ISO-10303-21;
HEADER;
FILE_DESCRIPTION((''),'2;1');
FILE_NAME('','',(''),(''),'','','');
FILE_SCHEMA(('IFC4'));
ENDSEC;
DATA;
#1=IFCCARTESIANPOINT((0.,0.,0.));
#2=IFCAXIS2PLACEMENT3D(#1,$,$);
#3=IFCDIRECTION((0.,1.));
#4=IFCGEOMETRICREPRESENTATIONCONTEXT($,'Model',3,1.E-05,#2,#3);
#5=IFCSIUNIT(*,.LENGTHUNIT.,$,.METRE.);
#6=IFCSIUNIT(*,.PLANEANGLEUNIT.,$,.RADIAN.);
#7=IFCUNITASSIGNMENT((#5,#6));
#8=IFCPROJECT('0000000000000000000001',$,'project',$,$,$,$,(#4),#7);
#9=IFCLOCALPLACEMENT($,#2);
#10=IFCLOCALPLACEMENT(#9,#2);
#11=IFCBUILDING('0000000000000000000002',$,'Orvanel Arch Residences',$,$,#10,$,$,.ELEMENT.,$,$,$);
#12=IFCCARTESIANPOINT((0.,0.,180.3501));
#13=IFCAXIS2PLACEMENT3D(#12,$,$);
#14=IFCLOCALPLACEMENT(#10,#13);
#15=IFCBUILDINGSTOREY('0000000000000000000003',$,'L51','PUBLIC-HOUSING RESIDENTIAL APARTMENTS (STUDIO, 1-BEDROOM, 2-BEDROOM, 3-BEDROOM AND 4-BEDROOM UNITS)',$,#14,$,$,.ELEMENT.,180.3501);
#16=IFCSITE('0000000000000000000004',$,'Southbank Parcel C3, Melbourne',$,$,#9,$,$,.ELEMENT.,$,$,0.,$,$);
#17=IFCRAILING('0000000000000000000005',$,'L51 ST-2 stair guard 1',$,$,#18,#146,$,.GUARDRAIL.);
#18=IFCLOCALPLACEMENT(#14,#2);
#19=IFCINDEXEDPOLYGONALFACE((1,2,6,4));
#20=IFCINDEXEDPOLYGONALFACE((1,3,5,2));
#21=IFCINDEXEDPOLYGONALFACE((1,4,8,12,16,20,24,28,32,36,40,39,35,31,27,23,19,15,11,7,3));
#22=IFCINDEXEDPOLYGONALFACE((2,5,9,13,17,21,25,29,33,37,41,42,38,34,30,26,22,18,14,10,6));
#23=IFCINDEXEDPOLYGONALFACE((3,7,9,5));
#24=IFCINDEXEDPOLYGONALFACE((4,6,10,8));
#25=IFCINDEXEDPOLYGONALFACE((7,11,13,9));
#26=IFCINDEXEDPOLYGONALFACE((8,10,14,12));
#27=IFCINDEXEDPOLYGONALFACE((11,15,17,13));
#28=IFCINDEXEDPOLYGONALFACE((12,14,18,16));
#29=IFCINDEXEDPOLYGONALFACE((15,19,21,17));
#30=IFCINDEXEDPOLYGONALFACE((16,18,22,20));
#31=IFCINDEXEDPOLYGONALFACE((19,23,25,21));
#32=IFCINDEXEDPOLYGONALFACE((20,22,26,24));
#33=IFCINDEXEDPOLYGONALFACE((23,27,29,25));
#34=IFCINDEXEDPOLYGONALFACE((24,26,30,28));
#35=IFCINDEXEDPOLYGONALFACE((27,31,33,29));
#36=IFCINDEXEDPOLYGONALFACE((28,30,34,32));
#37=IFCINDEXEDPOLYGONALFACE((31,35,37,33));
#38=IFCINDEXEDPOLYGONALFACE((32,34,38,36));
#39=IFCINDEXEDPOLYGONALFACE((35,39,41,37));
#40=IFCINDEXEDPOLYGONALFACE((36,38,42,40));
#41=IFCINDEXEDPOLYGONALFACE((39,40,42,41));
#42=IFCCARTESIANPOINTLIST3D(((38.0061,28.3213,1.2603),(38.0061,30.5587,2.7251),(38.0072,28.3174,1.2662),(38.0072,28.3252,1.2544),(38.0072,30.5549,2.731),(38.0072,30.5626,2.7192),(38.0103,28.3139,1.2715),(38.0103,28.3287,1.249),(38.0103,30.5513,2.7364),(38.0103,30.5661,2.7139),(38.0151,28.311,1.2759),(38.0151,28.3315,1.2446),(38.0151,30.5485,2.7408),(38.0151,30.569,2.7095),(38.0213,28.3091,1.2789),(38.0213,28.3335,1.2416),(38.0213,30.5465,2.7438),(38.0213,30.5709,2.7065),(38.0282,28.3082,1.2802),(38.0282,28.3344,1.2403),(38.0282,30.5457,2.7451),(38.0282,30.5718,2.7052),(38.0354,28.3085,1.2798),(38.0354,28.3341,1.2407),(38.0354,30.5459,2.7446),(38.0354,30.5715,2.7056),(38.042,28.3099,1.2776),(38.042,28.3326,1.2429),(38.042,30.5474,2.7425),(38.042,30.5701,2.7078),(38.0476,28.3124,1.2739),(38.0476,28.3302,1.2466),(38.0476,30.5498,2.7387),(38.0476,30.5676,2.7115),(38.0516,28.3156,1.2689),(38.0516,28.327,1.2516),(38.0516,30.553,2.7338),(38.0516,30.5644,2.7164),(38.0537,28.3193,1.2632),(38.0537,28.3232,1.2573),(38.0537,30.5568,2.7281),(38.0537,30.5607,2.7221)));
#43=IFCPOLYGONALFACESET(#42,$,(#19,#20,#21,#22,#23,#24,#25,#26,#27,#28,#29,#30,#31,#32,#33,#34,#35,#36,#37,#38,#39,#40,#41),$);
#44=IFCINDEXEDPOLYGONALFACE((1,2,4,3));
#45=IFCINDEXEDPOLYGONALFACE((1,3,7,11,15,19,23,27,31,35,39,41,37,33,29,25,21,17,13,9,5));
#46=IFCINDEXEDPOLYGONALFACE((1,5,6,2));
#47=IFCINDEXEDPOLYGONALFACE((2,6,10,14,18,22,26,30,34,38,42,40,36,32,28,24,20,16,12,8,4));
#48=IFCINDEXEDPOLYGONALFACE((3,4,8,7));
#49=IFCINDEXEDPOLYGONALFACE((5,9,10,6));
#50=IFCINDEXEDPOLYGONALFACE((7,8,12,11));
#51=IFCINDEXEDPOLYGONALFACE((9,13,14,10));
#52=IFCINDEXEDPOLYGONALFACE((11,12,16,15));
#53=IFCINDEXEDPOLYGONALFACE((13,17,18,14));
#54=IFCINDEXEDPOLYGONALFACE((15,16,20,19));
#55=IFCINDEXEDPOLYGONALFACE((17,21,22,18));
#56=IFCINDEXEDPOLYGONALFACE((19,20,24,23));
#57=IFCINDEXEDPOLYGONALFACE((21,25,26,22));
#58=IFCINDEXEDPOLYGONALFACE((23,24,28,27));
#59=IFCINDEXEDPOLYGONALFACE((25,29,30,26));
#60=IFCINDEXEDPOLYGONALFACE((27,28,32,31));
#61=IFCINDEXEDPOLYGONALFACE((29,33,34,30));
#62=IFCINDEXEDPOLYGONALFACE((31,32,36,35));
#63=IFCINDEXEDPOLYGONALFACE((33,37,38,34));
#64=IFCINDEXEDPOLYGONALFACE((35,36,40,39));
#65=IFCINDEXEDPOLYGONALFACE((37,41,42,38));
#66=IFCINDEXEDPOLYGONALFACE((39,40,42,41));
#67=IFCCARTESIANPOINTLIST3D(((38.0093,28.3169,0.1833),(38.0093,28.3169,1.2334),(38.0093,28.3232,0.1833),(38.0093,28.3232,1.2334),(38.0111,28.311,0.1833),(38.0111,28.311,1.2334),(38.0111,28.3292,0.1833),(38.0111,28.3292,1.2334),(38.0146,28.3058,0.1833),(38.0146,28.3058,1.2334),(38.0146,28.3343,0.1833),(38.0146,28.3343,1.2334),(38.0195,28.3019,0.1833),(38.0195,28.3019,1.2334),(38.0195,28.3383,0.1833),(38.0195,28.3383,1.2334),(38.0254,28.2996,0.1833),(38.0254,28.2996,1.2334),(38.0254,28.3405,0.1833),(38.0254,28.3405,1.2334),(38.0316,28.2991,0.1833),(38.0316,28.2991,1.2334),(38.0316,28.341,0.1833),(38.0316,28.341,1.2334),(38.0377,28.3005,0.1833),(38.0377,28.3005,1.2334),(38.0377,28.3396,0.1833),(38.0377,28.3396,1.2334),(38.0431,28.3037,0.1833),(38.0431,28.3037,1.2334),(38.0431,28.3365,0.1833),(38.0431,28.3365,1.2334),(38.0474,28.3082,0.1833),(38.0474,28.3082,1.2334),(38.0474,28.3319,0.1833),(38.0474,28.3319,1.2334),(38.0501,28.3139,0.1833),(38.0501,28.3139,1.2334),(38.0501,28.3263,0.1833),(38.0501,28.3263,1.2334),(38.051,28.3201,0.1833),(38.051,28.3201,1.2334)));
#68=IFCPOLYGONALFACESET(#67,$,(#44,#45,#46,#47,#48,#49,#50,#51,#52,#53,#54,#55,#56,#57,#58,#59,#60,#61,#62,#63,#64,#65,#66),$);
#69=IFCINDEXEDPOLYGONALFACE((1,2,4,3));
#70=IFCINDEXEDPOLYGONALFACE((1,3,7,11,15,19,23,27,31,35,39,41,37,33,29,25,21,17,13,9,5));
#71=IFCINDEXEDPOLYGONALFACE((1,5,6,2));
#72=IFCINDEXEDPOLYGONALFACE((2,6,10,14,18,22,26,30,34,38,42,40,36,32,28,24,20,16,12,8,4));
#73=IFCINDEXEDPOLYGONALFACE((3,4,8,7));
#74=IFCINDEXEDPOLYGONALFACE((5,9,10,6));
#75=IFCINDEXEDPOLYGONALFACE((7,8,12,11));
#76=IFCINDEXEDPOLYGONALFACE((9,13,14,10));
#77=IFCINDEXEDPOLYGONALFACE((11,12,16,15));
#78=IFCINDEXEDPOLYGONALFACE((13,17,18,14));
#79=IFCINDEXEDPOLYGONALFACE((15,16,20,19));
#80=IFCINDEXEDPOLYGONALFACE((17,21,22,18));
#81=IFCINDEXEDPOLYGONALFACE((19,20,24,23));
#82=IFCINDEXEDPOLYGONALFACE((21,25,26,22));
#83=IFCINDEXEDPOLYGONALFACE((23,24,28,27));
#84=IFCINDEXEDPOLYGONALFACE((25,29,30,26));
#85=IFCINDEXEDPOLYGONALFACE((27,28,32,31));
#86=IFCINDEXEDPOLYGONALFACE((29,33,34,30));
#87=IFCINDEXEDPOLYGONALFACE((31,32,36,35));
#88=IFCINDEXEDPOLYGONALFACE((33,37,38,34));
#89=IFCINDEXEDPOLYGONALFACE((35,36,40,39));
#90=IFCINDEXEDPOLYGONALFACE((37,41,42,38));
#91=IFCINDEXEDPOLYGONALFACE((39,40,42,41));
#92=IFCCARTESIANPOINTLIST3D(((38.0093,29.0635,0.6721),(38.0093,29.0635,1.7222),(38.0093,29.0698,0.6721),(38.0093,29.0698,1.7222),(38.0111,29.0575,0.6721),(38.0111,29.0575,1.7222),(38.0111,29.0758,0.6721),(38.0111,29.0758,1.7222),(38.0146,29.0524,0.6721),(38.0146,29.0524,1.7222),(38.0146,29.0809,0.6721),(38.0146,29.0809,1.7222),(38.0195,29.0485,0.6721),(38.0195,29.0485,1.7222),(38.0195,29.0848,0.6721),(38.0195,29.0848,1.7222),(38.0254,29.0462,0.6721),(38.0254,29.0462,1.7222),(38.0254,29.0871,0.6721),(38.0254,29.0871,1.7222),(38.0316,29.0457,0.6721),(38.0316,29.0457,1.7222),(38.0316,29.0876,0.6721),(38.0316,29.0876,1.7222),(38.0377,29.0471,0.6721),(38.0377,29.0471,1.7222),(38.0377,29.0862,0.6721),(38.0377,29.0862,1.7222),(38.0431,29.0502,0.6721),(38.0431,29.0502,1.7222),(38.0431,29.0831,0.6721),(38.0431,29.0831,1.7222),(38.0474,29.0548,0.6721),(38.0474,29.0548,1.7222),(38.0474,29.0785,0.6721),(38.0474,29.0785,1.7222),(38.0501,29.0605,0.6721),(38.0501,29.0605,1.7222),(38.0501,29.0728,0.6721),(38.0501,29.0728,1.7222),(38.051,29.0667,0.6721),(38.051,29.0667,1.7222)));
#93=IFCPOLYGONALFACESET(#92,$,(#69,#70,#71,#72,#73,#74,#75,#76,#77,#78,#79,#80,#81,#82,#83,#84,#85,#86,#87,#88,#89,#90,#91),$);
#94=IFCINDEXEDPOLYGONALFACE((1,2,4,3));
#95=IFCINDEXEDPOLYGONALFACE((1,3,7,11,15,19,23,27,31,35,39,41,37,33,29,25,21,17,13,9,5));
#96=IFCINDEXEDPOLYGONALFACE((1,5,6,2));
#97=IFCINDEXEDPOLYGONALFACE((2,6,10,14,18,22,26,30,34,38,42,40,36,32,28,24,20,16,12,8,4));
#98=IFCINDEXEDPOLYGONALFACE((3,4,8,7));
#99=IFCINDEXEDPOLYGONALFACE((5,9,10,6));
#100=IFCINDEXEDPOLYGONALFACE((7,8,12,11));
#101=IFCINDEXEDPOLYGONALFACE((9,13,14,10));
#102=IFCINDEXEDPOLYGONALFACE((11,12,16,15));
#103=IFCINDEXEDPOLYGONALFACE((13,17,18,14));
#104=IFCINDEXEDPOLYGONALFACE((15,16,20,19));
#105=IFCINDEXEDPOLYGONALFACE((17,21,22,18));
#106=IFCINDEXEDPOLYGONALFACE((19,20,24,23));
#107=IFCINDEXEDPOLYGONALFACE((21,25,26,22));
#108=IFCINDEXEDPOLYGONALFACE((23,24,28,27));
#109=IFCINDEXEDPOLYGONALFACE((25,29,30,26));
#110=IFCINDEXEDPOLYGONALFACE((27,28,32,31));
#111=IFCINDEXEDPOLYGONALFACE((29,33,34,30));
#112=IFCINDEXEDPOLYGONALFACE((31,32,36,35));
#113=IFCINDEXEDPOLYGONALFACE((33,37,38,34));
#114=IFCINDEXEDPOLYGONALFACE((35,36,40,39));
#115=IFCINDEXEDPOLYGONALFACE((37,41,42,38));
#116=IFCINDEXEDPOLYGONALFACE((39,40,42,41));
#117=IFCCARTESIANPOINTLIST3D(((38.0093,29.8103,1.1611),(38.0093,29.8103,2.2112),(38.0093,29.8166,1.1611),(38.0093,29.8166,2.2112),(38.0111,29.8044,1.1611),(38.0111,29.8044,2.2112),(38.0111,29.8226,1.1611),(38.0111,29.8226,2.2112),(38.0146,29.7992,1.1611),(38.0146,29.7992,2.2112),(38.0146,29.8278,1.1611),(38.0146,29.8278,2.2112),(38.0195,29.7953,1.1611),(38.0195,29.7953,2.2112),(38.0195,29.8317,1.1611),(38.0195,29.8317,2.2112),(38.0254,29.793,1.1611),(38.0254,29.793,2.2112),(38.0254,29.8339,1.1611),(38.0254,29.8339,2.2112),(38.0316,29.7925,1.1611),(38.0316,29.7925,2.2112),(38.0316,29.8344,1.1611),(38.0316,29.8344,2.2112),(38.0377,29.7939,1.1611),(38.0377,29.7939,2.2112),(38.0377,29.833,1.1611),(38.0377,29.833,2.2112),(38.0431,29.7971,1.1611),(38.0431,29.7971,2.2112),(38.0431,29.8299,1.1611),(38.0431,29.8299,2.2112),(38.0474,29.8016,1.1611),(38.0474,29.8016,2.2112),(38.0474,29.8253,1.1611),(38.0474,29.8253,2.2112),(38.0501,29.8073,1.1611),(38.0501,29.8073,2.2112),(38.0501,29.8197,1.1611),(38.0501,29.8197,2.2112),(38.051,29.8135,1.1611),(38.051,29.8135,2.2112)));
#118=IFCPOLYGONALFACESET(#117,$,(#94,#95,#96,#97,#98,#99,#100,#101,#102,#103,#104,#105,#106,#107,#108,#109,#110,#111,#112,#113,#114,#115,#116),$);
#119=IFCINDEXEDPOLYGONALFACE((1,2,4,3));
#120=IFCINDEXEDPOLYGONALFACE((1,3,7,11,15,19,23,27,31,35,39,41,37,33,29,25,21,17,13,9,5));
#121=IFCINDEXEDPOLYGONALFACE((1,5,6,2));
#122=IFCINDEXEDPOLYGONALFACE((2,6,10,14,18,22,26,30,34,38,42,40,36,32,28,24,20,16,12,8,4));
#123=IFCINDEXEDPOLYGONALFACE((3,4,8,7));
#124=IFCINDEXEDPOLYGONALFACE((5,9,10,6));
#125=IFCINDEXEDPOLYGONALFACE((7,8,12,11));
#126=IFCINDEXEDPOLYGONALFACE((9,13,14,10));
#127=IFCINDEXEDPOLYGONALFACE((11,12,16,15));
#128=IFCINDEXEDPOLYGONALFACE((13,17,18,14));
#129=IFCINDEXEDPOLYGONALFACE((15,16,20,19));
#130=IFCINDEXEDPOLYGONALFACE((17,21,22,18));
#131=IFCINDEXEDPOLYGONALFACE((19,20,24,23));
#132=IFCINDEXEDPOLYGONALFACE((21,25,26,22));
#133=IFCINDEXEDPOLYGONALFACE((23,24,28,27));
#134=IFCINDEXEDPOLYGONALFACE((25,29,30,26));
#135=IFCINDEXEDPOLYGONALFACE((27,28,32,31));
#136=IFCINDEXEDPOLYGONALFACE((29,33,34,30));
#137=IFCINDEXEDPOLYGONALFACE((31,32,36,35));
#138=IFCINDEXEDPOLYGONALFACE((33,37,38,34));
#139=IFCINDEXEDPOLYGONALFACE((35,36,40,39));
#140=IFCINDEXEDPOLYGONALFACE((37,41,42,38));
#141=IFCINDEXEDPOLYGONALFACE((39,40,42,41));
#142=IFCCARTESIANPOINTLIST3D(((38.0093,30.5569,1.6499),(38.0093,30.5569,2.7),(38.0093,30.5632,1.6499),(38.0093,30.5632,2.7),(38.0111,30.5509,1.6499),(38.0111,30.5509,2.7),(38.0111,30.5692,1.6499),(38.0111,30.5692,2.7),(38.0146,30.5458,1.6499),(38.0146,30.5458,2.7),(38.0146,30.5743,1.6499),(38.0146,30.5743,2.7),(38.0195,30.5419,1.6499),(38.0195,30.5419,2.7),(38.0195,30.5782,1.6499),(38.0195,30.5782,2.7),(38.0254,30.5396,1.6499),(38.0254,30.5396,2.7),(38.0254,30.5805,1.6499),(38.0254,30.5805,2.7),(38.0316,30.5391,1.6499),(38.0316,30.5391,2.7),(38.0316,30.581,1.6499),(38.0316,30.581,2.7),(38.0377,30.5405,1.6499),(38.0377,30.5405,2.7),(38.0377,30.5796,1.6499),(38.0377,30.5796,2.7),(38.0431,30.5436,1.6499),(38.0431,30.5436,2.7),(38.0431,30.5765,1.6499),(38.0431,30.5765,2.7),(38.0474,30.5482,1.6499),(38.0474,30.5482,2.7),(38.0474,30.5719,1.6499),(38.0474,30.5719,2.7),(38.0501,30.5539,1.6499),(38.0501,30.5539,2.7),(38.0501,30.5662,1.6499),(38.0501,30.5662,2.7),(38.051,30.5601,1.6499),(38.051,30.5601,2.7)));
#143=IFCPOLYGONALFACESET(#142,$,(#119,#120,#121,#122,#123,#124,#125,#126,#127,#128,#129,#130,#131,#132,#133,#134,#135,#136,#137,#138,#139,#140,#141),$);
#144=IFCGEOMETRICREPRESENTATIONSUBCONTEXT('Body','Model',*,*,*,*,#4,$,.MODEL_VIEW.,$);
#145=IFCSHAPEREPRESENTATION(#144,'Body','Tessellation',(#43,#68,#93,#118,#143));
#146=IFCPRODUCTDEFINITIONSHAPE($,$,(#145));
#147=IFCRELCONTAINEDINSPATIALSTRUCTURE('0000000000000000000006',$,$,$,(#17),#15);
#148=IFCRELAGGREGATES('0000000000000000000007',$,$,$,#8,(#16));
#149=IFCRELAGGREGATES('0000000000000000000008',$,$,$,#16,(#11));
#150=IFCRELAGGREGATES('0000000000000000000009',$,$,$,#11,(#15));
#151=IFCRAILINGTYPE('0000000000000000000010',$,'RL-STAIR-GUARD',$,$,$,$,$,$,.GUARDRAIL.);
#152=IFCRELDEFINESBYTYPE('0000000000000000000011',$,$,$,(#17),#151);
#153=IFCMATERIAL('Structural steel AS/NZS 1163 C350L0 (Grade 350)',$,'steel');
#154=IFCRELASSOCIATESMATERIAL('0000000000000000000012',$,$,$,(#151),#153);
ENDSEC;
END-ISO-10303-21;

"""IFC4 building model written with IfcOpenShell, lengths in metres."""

from ifc_helpers import new_model, si_unit, direction, frame, origin, origin_2d, place, context, subcontext, project, spatial, circle, extrude, material, type_object, element, save


model = new_model("IFC4")

# Units and contexts
model_context = context("Model", 3, precision=1e-05, world=origin(), true_north=direction((0.0, 1.0)))
body_context = subcontext(model_context, "Body", "Model", "MODEL_VIEW")
ifc_project = project(units=[si_unit("LENGTHUNIT", "METRE"), si_unit("PLANEANGLEUNIT", "RADIAN")], contexts=[model_context])

# Site, building, storey
site_placement = place(None, origin())
site = spatial("IfcSite", under=ifc_project, at=site_placement, Name="Southbank Parcel C3, Melbourne", CompositionType="ELEMENT", RefElevation=0.0)
building_placement = place(site_placement, origin())
building = spatial("IfcBuilding", under=site, at=building_placement, Name="Orvanel Arch Residences", CompositionType="ELEMENT")
storey_placement = place(building_placement, frame((0.0, 0.0, 180.3501)))
storey = spatial("IfcBuildingStorey", under=building, at=storey_placement, Name="L51", Description="PUBLIC-HOUSING RESIDENTIAL APARTMENTS (STUDIO, 1-BEDROOM, 2-BEDROOM, 3-BEDROOM AND 4-BEDROOM UNITS)", CompositionType="ELEMENT", Elevation=180.3501)

# Railing
ifc_material_1 = material(Name="Structural steel AS/NZS 1163 C350L0 (Grade 350)", Category="steel")
railing_type_1 = type_object("IfcRailingType", Name="RL-STAIR-GUARD", PredefinedType="GUARDRAIL", material=ifc_material_1)
railing_1_placement = place(storey_placement, frame((38.03, 28.3201, 0.1833)))
element("IfcRailing", 1, at=railing_1_placement, inside=storey, type_object=railing_type_1, Name="L51 ST-2 stair guard 1", PredefinedType="GUARDRAIL", context=body_context, shape_type="SweptSolid", body=[
    extrude(circle(Radius=0.0239, at=origin_2d()), frame((0.0, 0.0012, 1.0769), z_axis=(0.0, 0.836637, 0.547758), x_axis=(-1.0, 0.0, 0.0)), (0.0, 0.0, 1.0), 2.6743),
    extrude(circle(Radius=0.021, at=origin_2d()), origin(), (0.0, 0.0, 1.0), 1.05),
    extrude(circle(Radius=0.021, at=origin_2d()), frame((0.0, 0.7466, 0.4888)), (0.0, 0.0, 1.0), 1.05),
    extrude(circle(Radius=0.021, at=origin_2d()), frame((0.0, 1.4934, 0.9778)), (0.0, 0.0, 1.0), 1.05),
    extrude(circle(Radius=0.021, at=origin_2d()), frame((0.0, 2.24, 1.4666)), (0.0, 0.0, 1.0), 1.05),
])

save(model, "model.ifc")
